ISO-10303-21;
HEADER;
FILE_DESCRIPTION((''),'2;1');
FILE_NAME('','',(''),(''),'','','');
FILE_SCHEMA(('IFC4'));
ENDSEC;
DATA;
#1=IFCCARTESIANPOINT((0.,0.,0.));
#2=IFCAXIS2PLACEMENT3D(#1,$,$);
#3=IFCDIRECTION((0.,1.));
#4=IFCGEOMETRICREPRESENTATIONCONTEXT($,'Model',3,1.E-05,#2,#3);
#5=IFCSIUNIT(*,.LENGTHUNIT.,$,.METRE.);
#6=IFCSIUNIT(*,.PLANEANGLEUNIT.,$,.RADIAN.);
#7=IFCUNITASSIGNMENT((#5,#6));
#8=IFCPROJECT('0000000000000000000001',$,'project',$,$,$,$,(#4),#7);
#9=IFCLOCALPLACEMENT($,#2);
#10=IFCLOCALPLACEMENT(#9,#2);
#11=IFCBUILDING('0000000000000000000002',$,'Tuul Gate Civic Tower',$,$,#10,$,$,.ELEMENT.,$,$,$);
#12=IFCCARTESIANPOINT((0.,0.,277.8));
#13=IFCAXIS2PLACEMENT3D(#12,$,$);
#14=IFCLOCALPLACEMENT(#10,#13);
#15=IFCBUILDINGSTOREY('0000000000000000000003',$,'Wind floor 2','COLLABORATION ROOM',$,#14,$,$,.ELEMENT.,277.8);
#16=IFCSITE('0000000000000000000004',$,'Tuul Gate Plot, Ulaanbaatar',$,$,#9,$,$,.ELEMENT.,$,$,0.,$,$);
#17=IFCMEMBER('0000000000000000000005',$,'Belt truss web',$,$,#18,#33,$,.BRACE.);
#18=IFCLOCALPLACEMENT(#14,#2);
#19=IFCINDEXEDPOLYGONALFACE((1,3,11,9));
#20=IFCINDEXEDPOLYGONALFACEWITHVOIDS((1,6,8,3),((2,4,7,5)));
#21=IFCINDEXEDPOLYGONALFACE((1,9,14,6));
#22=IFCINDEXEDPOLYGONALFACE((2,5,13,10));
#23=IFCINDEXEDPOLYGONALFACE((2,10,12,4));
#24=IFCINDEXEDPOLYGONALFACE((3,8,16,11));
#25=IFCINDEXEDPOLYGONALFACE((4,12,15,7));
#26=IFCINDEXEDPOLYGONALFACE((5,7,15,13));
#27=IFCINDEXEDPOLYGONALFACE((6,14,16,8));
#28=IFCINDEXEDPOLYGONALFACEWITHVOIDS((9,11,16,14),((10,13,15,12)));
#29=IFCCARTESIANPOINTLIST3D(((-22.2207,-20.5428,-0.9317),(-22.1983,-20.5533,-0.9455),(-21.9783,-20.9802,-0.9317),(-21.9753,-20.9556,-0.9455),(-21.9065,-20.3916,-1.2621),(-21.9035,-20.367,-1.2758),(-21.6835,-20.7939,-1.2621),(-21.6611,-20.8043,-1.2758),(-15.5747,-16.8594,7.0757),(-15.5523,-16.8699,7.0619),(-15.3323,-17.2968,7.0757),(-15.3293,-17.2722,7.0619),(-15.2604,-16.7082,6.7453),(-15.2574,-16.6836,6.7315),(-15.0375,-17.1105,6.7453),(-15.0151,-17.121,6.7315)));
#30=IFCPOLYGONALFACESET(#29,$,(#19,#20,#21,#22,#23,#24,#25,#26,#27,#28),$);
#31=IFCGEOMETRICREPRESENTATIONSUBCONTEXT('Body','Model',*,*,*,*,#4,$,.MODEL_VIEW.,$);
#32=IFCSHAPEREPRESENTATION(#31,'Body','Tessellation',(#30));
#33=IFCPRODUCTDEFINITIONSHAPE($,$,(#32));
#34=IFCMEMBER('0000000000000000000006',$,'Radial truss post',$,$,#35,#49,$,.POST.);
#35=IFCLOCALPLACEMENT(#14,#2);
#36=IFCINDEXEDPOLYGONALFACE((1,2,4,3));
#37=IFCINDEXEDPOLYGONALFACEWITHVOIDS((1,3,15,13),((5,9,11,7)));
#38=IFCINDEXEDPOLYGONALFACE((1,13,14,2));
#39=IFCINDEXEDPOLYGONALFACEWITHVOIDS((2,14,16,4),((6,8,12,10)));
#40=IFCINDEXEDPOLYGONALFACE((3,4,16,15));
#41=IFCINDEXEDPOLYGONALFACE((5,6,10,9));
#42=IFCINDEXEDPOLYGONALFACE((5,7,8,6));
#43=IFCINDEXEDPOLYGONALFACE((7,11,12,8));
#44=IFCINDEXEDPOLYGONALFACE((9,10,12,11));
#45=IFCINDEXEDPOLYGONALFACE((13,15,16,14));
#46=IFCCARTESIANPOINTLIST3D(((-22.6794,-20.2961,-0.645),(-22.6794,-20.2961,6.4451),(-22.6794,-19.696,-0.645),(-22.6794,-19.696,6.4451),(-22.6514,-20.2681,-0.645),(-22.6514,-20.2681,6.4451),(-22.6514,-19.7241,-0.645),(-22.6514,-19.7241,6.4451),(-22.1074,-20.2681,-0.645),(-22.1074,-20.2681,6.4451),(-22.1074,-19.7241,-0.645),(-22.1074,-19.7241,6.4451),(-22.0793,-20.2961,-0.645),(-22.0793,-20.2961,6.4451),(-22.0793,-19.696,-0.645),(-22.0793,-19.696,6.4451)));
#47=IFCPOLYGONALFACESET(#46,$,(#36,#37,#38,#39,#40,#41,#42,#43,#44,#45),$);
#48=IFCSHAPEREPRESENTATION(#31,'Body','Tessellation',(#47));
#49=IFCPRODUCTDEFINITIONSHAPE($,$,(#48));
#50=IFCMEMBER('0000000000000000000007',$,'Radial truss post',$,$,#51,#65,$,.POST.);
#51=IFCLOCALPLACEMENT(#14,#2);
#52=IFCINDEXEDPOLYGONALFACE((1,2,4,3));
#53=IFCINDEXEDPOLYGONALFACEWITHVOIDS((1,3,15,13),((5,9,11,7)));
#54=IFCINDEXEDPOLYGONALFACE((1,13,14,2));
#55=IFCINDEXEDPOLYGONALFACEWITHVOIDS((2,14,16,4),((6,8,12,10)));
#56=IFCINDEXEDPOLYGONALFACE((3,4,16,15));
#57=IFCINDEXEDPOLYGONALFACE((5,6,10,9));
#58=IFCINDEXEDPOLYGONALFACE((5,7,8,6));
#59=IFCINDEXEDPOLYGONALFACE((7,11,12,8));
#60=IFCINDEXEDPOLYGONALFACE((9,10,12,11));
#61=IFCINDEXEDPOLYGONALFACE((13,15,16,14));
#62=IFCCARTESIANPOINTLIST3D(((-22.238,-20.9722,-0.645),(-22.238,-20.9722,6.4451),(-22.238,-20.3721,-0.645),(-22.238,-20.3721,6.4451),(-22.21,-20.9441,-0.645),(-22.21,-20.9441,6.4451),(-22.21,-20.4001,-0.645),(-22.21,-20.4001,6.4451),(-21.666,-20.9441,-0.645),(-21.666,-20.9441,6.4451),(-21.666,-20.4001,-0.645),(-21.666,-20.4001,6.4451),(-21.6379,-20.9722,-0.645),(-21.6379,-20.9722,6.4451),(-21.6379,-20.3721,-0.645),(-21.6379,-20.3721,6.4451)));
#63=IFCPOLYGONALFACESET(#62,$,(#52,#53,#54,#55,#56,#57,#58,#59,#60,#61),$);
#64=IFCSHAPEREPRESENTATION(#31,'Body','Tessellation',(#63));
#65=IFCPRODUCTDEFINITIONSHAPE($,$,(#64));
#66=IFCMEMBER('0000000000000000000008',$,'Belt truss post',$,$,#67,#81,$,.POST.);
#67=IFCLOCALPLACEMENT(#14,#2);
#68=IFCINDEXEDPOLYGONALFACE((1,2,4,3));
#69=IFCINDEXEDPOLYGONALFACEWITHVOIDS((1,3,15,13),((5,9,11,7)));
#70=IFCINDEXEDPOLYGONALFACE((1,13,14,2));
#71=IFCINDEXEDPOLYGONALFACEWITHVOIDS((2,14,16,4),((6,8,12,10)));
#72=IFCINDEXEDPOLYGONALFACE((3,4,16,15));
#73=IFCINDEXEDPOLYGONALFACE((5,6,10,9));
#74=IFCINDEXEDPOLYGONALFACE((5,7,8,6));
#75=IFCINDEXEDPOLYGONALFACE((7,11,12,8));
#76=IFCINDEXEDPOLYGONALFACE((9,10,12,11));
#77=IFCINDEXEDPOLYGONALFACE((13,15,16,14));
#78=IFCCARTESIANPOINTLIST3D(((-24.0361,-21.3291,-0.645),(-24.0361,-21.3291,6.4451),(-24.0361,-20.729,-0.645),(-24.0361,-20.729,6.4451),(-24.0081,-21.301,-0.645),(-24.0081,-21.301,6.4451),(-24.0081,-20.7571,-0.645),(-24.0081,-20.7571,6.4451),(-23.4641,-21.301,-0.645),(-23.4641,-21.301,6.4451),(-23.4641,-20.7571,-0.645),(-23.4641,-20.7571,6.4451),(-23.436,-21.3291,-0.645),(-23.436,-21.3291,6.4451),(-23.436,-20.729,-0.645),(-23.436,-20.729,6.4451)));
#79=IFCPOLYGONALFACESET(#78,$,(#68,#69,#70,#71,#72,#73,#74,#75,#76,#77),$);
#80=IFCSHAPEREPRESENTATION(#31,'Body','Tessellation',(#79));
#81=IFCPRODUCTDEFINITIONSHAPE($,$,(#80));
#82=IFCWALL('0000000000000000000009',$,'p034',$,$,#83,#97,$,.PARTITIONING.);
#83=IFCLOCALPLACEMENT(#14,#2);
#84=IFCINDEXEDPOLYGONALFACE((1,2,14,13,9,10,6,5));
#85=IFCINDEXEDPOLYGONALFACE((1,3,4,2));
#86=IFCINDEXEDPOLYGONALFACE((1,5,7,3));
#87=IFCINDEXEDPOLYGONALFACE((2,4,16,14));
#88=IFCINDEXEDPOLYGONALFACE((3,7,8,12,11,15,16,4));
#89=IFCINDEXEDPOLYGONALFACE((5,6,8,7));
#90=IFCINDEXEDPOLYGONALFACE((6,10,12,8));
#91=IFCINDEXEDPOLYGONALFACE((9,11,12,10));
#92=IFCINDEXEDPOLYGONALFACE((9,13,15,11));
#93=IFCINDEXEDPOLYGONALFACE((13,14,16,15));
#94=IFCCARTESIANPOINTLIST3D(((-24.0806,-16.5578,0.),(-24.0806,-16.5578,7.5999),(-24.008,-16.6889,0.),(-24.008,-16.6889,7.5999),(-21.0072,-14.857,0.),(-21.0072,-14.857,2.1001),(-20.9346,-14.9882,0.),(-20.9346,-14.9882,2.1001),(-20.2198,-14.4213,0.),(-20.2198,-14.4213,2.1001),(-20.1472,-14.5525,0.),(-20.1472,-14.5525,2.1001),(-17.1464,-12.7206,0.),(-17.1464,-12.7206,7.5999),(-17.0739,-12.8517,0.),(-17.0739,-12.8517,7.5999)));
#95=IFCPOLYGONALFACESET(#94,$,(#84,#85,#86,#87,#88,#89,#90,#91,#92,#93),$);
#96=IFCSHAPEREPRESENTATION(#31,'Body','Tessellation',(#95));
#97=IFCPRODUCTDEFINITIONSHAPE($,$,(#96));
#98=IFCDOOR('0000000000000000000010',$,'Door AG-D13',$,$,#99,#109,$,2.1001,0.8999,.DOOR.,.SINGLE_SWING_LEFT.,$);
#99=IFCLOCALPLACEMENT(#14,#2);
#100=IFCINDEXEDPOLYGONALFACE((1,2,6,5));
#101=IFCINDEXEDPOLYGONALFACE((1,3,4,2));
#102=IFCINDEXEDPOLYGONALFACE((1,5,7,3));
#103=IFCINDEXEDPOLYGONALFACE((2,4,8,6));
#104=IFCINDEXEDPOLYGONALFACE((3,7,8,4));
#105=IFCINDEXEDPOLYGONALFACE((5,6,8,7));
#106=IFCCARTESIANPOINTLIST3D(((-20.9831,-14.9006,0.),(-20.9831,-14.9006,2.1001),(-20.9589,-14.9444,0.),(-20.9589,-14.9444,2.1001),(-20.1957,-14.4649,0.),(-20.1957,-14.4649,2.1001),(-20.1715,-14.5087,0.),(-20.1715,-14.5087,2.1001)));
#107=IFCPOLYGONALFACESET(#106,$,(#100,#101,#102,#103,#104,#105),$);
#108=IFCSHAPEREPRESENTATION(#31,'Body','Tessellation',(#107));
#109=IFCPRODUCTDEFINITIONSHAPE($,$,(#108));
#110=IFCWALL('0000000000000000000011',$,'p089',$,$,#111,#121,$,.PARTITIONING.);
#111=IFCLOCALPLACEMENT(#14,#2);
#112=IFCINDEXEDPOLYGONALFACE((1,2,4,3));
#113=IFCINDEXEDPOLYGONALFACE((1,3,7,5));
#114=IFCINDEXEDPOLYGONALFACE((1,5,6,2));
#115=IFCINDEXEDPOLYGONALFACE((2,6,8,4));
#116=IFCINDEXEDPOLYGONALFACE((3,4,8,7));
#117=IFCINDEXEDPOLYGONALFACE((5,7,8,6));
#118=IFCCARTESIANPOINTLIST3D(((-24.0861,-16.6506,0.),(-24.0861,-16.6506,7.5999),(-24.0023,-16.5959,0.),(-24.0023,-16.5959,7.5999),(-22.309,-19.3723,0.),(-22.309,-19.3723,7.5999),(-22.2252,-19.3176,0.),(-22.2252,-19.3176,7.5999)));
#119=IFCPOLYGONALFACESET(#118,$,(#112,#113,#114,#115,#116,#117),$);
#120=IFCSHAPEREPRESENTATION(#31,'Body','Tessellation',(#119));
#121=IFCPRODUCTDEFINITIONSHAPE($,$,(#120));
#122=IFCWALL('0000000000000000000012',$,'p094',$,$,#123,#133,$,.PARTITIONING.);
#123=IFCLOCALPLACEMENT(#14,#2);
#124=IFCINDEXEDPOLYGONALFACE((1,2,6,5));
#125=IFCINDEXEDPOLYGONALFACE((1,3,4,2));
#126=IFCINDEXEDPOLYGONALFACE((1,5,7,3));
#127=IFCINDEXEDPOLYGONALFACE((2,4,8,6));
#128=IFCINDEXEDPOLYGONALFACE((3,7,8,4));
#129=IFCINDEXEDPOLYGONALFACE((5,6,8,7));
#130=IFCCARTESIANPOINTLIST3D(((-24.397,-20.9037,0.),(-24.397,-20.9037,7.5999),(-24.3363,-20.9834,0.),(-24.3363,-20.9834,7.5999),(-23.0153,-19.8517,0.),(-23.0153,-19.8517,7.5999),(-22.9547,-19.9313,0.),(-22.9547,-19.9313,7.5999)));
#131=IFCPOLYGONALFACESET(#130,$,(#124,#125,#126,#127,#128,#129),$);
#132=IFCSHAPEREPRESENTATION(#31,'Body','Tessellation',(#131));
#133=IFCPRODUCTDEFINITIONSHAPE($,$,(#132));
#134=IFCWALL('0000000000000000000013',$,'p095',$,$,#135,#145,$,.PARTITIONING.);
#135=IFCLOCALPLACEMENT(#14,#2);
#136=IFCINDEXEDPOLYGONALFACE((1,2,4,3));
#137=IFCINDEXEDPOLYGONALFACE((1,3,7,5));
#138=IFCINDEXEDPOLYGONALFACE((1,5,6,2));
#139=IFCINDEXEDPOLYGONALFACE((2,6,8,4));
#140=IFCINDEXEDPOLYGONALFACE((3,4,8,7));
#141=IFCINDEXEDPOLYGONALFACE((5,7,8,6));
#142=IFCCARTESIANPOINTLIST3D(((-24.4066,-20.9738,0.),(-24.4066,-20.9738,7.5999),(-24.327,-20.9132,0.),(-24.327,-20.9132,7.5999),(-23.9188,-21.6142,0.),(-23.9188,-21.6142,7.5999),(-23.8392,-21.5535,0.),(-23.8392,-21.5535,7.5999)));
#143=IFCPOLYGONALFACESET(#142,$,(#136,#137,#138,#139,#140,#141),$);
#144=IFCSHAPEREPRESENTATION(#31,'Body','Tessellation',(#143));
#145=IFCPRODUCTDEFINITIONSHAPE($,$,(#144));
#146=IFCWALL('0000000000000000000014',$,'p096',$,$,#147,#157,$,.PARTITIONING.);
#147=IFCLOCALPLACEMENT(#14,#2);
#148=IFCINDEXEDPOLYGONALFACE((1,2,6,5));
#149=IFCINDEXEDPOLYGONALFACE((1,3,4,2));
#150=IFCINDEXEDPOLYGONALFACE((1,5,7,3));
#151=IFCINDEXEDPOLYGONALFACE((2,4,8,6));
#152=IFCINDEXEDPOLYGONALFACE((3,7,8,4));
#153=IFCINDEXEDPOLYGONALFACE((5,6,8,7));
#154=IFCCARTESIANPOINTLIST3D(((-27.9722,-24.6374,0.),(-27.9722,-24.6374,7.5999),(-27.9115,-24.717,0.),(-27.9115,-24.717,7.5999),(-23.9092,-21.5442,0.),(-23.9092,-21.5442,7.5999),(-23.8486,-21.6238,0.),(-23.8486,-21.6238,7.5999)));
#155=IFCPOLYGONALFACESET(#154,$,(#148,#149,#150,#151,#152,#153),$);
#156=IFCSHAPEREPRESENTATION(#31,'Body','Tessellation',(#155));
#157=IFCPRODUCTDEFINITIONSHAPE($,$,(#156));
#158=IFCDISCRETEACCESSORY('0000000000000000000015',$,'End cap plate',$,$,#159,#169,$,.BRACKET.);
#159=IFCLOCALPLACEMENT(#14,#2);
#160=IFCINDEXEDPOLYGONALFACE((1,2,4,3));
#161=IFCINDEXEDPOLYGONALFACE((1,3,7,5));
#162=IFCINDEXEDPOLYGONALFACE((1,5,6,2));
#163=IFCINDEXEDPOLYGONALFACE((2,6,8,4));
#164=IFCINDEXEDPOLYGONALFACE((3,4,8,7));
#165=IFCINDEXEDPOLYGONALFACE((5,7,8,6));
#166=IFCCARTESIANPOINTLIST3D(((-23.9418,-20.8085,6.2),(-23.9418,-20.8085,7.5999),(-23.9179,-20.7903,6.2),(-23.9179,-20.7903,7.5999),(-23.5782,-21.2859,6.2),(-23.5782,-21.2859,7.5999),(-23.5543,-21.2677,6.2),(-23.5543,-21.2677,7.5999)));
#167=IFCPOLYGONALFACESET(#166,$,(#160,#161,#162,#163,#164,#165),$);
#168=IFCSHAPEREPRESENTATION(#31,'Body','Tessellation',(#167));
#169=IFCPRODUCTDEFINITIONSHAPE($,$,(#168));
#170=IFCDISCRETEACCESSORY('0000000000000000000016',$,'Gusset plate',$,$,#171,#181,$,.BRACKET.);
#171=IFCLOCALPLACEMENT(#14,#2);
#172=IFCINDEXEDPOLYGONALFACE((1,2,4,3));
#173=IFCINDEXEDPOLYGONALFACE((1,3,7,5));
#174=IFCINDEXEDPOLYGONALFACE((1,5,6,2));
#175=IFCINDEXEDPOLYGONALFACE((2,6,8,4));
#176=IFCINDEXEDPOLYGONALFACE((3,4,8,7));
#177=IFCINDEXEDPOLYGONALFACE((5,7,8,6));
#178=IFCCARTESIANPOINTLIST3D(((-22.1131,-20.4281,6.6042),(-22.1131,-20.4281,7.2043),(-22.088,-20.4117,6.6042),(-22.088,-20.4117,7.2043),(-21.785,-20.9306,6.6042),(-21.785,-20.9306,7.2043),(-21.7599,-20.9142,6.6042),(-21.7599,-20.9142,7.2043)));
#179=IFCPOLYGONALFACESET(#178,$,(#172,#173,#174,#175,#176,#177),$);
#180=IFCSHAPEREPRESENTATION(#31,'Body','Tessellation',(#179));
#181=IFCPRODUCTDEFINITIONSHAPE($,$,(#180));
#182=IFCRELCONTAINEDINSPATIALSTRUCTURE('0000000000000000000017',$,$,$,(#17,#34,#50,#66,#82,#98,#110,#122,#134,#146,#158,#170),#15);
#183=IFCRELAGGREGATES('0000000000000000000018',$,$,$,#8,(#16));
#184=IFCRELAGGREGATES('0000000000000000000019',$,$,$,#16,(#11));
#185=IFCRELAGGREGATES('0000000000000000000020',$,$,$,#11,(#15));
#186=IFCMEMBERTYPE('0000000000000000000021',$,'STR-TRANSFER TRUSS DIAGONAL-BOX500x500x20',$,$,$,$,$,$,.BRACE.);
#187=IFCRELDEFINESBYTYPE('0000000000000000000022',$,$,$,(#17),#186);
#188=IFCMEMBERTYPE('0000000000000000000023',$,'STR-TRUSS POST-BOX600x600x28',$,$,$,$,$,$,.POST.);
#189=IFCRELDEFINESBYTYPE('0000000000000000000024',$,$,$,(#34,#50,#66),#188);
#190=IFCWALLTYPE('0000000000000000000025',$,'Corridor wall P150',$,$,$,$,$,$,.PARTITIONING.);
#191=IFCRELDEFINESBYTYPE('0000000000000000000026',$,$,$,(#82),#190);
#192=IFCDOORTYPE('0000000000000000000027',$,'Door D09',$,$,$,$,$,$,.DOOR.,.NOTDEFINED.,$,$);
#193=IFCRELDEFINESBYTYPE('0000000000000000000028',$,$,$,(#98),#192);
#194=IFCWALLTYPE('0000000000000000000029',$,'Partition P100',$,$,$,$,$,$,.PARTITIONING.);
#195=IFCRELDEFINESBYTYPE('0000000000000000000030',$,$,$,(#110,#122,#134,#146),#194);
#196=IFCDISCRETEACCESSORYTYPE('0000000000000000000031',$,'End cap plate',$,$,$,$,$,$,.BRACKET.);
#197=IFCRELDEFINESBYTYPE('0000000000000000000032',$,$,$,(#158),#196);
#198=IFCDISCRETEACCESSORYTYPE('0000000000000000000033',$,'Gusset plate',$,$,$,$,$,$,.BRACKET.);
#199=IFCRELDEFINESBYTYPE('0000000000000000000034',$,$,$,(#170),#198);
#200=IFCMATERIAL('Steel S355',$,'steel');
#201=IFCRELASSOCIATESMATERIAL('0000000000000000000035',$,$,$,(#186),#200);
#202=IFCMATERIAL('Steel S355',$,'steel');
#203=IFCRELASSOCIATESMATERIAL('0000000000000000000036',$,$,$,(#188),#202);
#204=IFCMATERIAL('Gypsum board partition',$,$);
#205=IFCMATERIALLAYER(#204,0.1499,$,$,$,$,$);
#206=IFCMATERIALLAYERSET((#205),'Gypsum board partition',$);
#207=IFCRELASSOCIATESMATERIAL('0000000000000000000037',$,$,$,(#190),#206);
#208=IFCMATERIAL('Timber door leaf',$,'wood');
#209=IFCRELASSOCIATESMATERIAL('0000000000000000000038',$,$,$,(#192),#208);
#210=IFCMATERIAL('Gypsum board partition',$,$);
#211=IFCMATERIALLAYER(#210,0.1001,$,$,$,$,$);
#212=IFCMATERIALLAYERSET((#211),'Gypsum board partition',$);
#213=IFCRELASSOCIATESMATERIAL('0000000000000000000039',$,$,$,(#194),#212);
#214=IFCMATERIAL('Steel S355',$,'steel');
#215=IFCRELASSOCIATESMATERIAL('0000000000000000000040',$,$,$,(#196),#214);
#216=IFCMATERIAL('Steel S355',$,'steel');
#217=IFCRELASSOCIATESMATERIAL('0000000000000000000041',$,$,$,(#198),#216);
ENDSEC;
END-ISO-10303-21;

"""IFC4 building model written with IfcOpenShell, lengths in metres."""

from ifc_helpers import new_model, si_unit, direction, frame, frame_2d, origin, origin_2d, place, context, subcontext, project, spatial, rectangle, hollow_rectangle, extrude, material, layer, layer_set, material_profile, profile_set, type_object, element, fill, save


model = new_model("IFC4")

# Units and contexts
model_context = context("Model", 3, precision=1e-05, world=origin(), true_north=direction((0.0, 1.0)))
body_context = subcontext(model_context, "Body", "Model", "MODEL_VIEW")
ifc_project = project(units=[si_unit("LENGTHUNIT", "METRE"), si_unit("PLANEANGLEUNIT", "RADIAN")], contexts=[model_context])

# Site, building, storey
site_placement = place(None, origin())
site = spatial("IfcSite", under=ifc_project, at=site_placement, Name="Tuul Gate Plot, Ulaanbaatar", CompositionType="ELEMENT", RefElevation=0.0)
building_placement = place(site_placement, origin())
building = spatial("IfcBuilding", under=site, at=building_placement, Name="Tuul Gate Civic Tower", CompositionType="ELEMENT")
storey_placement = place(building_placement, frame((0.0, 0.0, 277.8)))
storey = spatial("IfcBuildingStorey", under=building, at=storey_placement, Name="Wind floor 2", Description="COLLABORATION ROOM", CompositionType="ELEMENT", Elevation=277.8)

# Members
ifc_material_1 = material(Name="Steel S355", Category="steel")
ifc_material_profile_1 = material_profile(ifc_material_1, hollow_rectangle(XDim=0.5, YDim=0.5, WallThickness=0.02, at=origin_2d()), Name="BOX500x500x20")
ifc_profile_set_1 = profile_set([ifc_material_profile_1], Name="Steel S355")
member_type_1 = type_object("IfcMemberType", Name="STR-TRANSFER TRUSS DIAGONAL-BOX500x500x20", PredefinedType="BRACE", material=ifc_profile_set_1)
member_1_placement = place(storey_placement, frame((-21.9409, -20.6736, -1.1038), z_axis=(0.602062, 0.333675, 0.725385), x_axis=(-0.484751, 0.874652, 0.0)))
element("IfcMember", 1, at=member_1_placement, inside=storey, type_object=member_type_1, Name="Belt truss web", PredefinedType="BRACE", context=body_context, shape_type="SweptSolid", body=[
    extrude(hollow_rectangle(XDim=0.5, YDim=0.5, WallThickness=0.02, at=origin_2d()), origin(), (0.0, 0.0, 1.0), 11.0388),
])
ifc_material_2 = material(Name="Steel S355", Category="steel")
ifc_material_profile_2 = material_profile(ifc_material_2, hollow_rectangle(XDim=0.6001, YDim=0.6001, WallThickness=0.0281, at=origin_2d()), Name="BOX600x600x28")
ifc_profile_set_2 = profile_set([ifc_material_profile_2], Name="Steel S355")
member_type_2 = type_object("IfcMemberType", Name="STR-TRUSS POST-BOX600x600x28", PredefinedType="POST", material=ifc_profile_set_2)
for number, where, z_axis, x_axis, name in (
    (2, (-22.3794, -19.9961, -0.645), (0.0, 0.0, 1.0), (1.0, 0.0, 0.0), "Radial truss post"),
    (3, (-21.938, -20.6721, -0.645), (0.0, 0.0, 1.0), (1.0, 0.0, 0.0), "Radial truss post"),
    (4, (-23.7361, -21.0291, -0.645), (0.0, 0.0, 1.0), (1.0, 0.0, 0.0), "Belt truss post"),
):
    element("IfcMember", number, at=place(storey_placement, frame(where, z_axis=z_axis, x_axis=x_axis)), inside=storey, type_object=member_type_2, Name=name, PredefinedType="POST", context=body_context, shape_type="SweptSolid", body=[
        extrude(hollow_rectangle(XDim=0.6001, YDim=0.6001, WallThickness=0.0281, at=origin_2d()), origin(), (0.0, 0.0, 1.0), 7.0901),
    ])

# Wall, opening, door
ifc_material_3 = material(Name="Gypsum board partition")
ifc_layer_1 = layer(ifc_material_3, 0.1499)
ifc_layer_set_1 = layer_set([ifc_layer_1], Name="Gypsum board partition")
wall_type_1 = type_object("IfcWallType", Name="Corridor wall P150", PredefinedType="PARTITIONING", material=ifc_layer_set_1)
wall_1_placement = place(storey_placement, frame((-24.0442, -16.6233, 0.0), z_axis=(0.0, 0.0, 1.0), x_axis=(0.874965, 0.484185, 0.0)))
wall_1 = element("IfcWall", 5, at=wall_1_placement, inside=storey, type_object=wall_type_1, Name="p034", PredefinedType="PARTITIONING", context=body_context, shape_type="SweptSolid", body=[
    extrude(rectangle(XDim=7.925, YDim=0.1499, at=frame_2d((3.9624, 0.0))), origin(), (0.0, 0.0, 1.0), 7.5999),
])
opening_placement = place(wall_1_placement, frame((3.5125, 0.0, 0.0)))
opening = element("IfcOpeningElement", 6, at=opening_placement, cuts=wall_1, PredefinedType="OPENING", context=body_context, shape_type="SweptSolid", body=[
    extrude(rectangle(XDim=0.8999, YDim=2.1001, at=frame_2d((0.45, 1.05))), frame((0.0, 0.085, 0.0), z_axis=(0.0, -1.0, 0.0), x_axis=(1.0, 0.0, 0.0)), (0.0, 0.0, 1.0), 0.1699),
])
ifc_material_4 = material(Name="Timber door leaf", Category="wood")
door_type = type_object("IfcDoorType", Name="Door D09", OperationType="NOTDEFINED", PredefinedType="DOOR", material=ifc_material_4)
door_placement = place(opening_placement, frame((0.8999, 0.0, 0.0), z_axis=(0.0, 0.0, 1.0), x_axis=(-1.0, 0.0, 0.0)))
door = element("IfcDoor", 7, at=door_placement, inside=storey, type_object=door_type, Name="Door AG-D13", OperationType="SINGLE_SWING_LEFT", OverallHeight=2.1001, OverallWidth=0.8999, PredefinedType="DOOR", context=body_context, shape_type="SweptSolid", body=[
    extrude(rectangle(XDim=0.8999, YDim=2.1001, at=frame_2d((0.45, 1.05))), frame((0.0, 0.0249, 0.0), z_axis=(0.0, -1.0, 0.0), x_axis=(1.0, 0.0, 0.0)), (0.0, 0.0, 1.0), 0.05),
])
fill(opening, door)

# Walls
ifc_material_5 = material(Name="Gypsum board partition")
ifc_layer_2 = layer(ifc_material_5, 0.1001)
ifc_layer_set_2 = layer_set([ifc_layer_2], Name="Gypsum board partition")
wall_type_2 = type_object("IfcWallType", Name="Partition P100", PredefinedType="PARTITIONING", material=ifc_layer_set_2)
wall_2_placement = place(storey_placement, frame((-22.2671, -19.345, 0.0), z_axis=(0.0, 0.0, 1.0), x_axis=(-0.546719, 0.837316, 0.0)))
element("IfcWall", 8, at=wall_2_placement, inside=storey, type_object=wall_type_2, Name="p089", PredefinedType="PARTITIONING", context=body_context, shape_type="SweptSolid", body=[
    extrude(rectangle(XDim=3.2505, YDim=0.1001, at=frame_2d((1.6252, 0.0))), origin(), (0.0, 0.0, 1.0), 7.5999),
])
wall_3_placement = place(storey_placement, frame((-22.9851, -19.8916, 0.0), z_axis=(0.0, 0.0, 1.0), x_axis=(-0.795609, -0.60581, 0.0)))
element("IfcWall", 9, at=wall_3_placement, inside=storey, type_object=wall_type_2, Name="p094", PredefinedType="PARTITIONING", context=body_context, shape_type="SweptSolid", body=[
    extrude(rectangle(XDim=1.7366, YDim=0.1001, at=frame_2d((0.8682, 0.0))), origin(), (0.0, 0.0, 1.0), 7.5999),
])
wall_4_placement = place(storey_placement, frame((-24.3667, -20.9436, 0.0), z_axis=(0.0, 0.0, 1.0), x_axis=(0.605952, -0.795501, 0.0)))
element("IfcWall", 10, at=wall_4_placement, inside=storey, type_object=wall_type_2, Name="p095", PredefinedType="PARTITIONING", context=body_context, shape_type="SweptSolid", body=[
    extrude(rectangle(XDim=0.8049, YDim=0.1001, at=frame_2d((0.4023, 0.0))), origin(), (0.0, 0.0, 1.0), 7.5999),
])
wall_5_placement = place(storey_placement, frame((-23.8789, -21.584, 0.0), z_axis=(0.0, 0.0, 1.0), x_axis=(-0.795653, -0.605752, 0.0)))
element("IfcWall", 11, at=wall_5_placement, inside=storey, type_object=wall_type_2, Name="p096", PredefinedType="PARTITIONING", context=body_context, shape_type="SweptSolid", body=[
    extrude(rectangle(XDim=5.1064, YDim=0.1001, at=frame_2d((2.5532, 0.0))), origin(), (0.0, 0.0, 1.0), 7.5999),
])

# Discrete accessories
ifc_material_6 = material(Name="Steel S355", Category="steel")
discrete_accessory_type_1 = type_object("IfcDiscreteAccessoryType", Name="End cap plate", PredefinedType="BRACKET", material=ifc_material_6)
discrete_accessory_placement = place(storey_placement, frame((-23.748, -21.0381, 6.2), z_axis=(0.0, 0.0, 1.0), x_axis=(0.795616, 0.605801, 0.0)))
element("IfcDiscreteAccessory", 12, at=discrete_accessory_placement, inside=storey, type_object=discrete_accessory_type_1, Name="End cap plate", PredefinedType="BRACKET", context=body_context, shape_type="SweptSolid", body=[
    extrude(rectangle(XDim=0.03, YDim=0.6001, at=origin_2d()), origin(), (0.0, 0.0, 1.0), 1.3999),
])
ifc_material_7 = material(Name="Steel S355", Category="steel")
discrete_accessory_type_2 = type_object("IfcDiscreteAccessoryType", Name="Gusset plate", PredefinedType="BRACKET", material=ifc_material_7)
for number, where, z_axis, x_axis, name in (
    (13, (-21.9365, -20.6711, 6.6042), (0.0, 0.0, 1.0), (-0.546743, 0.8373, 0.0), "Gusset plate"),
):
    element("IfcDiscreteAccessory", number, at=place(storey_placement, frame(where, z_axis=z_axis, x_axis=x_axis)), inside=storey, type_object=discrete_accessory_type_2, Name=name, PredefinedType="BRACKET", context=body_context, shape_type="SweptSolid", body=[
        extrude(rectangle(XDim=0.6001, YDim=0.03, at=origin_2d()), origin(), (0.0, 0.0, 1.0), 0.6001),
    ])

save(model, "model.ifc")
